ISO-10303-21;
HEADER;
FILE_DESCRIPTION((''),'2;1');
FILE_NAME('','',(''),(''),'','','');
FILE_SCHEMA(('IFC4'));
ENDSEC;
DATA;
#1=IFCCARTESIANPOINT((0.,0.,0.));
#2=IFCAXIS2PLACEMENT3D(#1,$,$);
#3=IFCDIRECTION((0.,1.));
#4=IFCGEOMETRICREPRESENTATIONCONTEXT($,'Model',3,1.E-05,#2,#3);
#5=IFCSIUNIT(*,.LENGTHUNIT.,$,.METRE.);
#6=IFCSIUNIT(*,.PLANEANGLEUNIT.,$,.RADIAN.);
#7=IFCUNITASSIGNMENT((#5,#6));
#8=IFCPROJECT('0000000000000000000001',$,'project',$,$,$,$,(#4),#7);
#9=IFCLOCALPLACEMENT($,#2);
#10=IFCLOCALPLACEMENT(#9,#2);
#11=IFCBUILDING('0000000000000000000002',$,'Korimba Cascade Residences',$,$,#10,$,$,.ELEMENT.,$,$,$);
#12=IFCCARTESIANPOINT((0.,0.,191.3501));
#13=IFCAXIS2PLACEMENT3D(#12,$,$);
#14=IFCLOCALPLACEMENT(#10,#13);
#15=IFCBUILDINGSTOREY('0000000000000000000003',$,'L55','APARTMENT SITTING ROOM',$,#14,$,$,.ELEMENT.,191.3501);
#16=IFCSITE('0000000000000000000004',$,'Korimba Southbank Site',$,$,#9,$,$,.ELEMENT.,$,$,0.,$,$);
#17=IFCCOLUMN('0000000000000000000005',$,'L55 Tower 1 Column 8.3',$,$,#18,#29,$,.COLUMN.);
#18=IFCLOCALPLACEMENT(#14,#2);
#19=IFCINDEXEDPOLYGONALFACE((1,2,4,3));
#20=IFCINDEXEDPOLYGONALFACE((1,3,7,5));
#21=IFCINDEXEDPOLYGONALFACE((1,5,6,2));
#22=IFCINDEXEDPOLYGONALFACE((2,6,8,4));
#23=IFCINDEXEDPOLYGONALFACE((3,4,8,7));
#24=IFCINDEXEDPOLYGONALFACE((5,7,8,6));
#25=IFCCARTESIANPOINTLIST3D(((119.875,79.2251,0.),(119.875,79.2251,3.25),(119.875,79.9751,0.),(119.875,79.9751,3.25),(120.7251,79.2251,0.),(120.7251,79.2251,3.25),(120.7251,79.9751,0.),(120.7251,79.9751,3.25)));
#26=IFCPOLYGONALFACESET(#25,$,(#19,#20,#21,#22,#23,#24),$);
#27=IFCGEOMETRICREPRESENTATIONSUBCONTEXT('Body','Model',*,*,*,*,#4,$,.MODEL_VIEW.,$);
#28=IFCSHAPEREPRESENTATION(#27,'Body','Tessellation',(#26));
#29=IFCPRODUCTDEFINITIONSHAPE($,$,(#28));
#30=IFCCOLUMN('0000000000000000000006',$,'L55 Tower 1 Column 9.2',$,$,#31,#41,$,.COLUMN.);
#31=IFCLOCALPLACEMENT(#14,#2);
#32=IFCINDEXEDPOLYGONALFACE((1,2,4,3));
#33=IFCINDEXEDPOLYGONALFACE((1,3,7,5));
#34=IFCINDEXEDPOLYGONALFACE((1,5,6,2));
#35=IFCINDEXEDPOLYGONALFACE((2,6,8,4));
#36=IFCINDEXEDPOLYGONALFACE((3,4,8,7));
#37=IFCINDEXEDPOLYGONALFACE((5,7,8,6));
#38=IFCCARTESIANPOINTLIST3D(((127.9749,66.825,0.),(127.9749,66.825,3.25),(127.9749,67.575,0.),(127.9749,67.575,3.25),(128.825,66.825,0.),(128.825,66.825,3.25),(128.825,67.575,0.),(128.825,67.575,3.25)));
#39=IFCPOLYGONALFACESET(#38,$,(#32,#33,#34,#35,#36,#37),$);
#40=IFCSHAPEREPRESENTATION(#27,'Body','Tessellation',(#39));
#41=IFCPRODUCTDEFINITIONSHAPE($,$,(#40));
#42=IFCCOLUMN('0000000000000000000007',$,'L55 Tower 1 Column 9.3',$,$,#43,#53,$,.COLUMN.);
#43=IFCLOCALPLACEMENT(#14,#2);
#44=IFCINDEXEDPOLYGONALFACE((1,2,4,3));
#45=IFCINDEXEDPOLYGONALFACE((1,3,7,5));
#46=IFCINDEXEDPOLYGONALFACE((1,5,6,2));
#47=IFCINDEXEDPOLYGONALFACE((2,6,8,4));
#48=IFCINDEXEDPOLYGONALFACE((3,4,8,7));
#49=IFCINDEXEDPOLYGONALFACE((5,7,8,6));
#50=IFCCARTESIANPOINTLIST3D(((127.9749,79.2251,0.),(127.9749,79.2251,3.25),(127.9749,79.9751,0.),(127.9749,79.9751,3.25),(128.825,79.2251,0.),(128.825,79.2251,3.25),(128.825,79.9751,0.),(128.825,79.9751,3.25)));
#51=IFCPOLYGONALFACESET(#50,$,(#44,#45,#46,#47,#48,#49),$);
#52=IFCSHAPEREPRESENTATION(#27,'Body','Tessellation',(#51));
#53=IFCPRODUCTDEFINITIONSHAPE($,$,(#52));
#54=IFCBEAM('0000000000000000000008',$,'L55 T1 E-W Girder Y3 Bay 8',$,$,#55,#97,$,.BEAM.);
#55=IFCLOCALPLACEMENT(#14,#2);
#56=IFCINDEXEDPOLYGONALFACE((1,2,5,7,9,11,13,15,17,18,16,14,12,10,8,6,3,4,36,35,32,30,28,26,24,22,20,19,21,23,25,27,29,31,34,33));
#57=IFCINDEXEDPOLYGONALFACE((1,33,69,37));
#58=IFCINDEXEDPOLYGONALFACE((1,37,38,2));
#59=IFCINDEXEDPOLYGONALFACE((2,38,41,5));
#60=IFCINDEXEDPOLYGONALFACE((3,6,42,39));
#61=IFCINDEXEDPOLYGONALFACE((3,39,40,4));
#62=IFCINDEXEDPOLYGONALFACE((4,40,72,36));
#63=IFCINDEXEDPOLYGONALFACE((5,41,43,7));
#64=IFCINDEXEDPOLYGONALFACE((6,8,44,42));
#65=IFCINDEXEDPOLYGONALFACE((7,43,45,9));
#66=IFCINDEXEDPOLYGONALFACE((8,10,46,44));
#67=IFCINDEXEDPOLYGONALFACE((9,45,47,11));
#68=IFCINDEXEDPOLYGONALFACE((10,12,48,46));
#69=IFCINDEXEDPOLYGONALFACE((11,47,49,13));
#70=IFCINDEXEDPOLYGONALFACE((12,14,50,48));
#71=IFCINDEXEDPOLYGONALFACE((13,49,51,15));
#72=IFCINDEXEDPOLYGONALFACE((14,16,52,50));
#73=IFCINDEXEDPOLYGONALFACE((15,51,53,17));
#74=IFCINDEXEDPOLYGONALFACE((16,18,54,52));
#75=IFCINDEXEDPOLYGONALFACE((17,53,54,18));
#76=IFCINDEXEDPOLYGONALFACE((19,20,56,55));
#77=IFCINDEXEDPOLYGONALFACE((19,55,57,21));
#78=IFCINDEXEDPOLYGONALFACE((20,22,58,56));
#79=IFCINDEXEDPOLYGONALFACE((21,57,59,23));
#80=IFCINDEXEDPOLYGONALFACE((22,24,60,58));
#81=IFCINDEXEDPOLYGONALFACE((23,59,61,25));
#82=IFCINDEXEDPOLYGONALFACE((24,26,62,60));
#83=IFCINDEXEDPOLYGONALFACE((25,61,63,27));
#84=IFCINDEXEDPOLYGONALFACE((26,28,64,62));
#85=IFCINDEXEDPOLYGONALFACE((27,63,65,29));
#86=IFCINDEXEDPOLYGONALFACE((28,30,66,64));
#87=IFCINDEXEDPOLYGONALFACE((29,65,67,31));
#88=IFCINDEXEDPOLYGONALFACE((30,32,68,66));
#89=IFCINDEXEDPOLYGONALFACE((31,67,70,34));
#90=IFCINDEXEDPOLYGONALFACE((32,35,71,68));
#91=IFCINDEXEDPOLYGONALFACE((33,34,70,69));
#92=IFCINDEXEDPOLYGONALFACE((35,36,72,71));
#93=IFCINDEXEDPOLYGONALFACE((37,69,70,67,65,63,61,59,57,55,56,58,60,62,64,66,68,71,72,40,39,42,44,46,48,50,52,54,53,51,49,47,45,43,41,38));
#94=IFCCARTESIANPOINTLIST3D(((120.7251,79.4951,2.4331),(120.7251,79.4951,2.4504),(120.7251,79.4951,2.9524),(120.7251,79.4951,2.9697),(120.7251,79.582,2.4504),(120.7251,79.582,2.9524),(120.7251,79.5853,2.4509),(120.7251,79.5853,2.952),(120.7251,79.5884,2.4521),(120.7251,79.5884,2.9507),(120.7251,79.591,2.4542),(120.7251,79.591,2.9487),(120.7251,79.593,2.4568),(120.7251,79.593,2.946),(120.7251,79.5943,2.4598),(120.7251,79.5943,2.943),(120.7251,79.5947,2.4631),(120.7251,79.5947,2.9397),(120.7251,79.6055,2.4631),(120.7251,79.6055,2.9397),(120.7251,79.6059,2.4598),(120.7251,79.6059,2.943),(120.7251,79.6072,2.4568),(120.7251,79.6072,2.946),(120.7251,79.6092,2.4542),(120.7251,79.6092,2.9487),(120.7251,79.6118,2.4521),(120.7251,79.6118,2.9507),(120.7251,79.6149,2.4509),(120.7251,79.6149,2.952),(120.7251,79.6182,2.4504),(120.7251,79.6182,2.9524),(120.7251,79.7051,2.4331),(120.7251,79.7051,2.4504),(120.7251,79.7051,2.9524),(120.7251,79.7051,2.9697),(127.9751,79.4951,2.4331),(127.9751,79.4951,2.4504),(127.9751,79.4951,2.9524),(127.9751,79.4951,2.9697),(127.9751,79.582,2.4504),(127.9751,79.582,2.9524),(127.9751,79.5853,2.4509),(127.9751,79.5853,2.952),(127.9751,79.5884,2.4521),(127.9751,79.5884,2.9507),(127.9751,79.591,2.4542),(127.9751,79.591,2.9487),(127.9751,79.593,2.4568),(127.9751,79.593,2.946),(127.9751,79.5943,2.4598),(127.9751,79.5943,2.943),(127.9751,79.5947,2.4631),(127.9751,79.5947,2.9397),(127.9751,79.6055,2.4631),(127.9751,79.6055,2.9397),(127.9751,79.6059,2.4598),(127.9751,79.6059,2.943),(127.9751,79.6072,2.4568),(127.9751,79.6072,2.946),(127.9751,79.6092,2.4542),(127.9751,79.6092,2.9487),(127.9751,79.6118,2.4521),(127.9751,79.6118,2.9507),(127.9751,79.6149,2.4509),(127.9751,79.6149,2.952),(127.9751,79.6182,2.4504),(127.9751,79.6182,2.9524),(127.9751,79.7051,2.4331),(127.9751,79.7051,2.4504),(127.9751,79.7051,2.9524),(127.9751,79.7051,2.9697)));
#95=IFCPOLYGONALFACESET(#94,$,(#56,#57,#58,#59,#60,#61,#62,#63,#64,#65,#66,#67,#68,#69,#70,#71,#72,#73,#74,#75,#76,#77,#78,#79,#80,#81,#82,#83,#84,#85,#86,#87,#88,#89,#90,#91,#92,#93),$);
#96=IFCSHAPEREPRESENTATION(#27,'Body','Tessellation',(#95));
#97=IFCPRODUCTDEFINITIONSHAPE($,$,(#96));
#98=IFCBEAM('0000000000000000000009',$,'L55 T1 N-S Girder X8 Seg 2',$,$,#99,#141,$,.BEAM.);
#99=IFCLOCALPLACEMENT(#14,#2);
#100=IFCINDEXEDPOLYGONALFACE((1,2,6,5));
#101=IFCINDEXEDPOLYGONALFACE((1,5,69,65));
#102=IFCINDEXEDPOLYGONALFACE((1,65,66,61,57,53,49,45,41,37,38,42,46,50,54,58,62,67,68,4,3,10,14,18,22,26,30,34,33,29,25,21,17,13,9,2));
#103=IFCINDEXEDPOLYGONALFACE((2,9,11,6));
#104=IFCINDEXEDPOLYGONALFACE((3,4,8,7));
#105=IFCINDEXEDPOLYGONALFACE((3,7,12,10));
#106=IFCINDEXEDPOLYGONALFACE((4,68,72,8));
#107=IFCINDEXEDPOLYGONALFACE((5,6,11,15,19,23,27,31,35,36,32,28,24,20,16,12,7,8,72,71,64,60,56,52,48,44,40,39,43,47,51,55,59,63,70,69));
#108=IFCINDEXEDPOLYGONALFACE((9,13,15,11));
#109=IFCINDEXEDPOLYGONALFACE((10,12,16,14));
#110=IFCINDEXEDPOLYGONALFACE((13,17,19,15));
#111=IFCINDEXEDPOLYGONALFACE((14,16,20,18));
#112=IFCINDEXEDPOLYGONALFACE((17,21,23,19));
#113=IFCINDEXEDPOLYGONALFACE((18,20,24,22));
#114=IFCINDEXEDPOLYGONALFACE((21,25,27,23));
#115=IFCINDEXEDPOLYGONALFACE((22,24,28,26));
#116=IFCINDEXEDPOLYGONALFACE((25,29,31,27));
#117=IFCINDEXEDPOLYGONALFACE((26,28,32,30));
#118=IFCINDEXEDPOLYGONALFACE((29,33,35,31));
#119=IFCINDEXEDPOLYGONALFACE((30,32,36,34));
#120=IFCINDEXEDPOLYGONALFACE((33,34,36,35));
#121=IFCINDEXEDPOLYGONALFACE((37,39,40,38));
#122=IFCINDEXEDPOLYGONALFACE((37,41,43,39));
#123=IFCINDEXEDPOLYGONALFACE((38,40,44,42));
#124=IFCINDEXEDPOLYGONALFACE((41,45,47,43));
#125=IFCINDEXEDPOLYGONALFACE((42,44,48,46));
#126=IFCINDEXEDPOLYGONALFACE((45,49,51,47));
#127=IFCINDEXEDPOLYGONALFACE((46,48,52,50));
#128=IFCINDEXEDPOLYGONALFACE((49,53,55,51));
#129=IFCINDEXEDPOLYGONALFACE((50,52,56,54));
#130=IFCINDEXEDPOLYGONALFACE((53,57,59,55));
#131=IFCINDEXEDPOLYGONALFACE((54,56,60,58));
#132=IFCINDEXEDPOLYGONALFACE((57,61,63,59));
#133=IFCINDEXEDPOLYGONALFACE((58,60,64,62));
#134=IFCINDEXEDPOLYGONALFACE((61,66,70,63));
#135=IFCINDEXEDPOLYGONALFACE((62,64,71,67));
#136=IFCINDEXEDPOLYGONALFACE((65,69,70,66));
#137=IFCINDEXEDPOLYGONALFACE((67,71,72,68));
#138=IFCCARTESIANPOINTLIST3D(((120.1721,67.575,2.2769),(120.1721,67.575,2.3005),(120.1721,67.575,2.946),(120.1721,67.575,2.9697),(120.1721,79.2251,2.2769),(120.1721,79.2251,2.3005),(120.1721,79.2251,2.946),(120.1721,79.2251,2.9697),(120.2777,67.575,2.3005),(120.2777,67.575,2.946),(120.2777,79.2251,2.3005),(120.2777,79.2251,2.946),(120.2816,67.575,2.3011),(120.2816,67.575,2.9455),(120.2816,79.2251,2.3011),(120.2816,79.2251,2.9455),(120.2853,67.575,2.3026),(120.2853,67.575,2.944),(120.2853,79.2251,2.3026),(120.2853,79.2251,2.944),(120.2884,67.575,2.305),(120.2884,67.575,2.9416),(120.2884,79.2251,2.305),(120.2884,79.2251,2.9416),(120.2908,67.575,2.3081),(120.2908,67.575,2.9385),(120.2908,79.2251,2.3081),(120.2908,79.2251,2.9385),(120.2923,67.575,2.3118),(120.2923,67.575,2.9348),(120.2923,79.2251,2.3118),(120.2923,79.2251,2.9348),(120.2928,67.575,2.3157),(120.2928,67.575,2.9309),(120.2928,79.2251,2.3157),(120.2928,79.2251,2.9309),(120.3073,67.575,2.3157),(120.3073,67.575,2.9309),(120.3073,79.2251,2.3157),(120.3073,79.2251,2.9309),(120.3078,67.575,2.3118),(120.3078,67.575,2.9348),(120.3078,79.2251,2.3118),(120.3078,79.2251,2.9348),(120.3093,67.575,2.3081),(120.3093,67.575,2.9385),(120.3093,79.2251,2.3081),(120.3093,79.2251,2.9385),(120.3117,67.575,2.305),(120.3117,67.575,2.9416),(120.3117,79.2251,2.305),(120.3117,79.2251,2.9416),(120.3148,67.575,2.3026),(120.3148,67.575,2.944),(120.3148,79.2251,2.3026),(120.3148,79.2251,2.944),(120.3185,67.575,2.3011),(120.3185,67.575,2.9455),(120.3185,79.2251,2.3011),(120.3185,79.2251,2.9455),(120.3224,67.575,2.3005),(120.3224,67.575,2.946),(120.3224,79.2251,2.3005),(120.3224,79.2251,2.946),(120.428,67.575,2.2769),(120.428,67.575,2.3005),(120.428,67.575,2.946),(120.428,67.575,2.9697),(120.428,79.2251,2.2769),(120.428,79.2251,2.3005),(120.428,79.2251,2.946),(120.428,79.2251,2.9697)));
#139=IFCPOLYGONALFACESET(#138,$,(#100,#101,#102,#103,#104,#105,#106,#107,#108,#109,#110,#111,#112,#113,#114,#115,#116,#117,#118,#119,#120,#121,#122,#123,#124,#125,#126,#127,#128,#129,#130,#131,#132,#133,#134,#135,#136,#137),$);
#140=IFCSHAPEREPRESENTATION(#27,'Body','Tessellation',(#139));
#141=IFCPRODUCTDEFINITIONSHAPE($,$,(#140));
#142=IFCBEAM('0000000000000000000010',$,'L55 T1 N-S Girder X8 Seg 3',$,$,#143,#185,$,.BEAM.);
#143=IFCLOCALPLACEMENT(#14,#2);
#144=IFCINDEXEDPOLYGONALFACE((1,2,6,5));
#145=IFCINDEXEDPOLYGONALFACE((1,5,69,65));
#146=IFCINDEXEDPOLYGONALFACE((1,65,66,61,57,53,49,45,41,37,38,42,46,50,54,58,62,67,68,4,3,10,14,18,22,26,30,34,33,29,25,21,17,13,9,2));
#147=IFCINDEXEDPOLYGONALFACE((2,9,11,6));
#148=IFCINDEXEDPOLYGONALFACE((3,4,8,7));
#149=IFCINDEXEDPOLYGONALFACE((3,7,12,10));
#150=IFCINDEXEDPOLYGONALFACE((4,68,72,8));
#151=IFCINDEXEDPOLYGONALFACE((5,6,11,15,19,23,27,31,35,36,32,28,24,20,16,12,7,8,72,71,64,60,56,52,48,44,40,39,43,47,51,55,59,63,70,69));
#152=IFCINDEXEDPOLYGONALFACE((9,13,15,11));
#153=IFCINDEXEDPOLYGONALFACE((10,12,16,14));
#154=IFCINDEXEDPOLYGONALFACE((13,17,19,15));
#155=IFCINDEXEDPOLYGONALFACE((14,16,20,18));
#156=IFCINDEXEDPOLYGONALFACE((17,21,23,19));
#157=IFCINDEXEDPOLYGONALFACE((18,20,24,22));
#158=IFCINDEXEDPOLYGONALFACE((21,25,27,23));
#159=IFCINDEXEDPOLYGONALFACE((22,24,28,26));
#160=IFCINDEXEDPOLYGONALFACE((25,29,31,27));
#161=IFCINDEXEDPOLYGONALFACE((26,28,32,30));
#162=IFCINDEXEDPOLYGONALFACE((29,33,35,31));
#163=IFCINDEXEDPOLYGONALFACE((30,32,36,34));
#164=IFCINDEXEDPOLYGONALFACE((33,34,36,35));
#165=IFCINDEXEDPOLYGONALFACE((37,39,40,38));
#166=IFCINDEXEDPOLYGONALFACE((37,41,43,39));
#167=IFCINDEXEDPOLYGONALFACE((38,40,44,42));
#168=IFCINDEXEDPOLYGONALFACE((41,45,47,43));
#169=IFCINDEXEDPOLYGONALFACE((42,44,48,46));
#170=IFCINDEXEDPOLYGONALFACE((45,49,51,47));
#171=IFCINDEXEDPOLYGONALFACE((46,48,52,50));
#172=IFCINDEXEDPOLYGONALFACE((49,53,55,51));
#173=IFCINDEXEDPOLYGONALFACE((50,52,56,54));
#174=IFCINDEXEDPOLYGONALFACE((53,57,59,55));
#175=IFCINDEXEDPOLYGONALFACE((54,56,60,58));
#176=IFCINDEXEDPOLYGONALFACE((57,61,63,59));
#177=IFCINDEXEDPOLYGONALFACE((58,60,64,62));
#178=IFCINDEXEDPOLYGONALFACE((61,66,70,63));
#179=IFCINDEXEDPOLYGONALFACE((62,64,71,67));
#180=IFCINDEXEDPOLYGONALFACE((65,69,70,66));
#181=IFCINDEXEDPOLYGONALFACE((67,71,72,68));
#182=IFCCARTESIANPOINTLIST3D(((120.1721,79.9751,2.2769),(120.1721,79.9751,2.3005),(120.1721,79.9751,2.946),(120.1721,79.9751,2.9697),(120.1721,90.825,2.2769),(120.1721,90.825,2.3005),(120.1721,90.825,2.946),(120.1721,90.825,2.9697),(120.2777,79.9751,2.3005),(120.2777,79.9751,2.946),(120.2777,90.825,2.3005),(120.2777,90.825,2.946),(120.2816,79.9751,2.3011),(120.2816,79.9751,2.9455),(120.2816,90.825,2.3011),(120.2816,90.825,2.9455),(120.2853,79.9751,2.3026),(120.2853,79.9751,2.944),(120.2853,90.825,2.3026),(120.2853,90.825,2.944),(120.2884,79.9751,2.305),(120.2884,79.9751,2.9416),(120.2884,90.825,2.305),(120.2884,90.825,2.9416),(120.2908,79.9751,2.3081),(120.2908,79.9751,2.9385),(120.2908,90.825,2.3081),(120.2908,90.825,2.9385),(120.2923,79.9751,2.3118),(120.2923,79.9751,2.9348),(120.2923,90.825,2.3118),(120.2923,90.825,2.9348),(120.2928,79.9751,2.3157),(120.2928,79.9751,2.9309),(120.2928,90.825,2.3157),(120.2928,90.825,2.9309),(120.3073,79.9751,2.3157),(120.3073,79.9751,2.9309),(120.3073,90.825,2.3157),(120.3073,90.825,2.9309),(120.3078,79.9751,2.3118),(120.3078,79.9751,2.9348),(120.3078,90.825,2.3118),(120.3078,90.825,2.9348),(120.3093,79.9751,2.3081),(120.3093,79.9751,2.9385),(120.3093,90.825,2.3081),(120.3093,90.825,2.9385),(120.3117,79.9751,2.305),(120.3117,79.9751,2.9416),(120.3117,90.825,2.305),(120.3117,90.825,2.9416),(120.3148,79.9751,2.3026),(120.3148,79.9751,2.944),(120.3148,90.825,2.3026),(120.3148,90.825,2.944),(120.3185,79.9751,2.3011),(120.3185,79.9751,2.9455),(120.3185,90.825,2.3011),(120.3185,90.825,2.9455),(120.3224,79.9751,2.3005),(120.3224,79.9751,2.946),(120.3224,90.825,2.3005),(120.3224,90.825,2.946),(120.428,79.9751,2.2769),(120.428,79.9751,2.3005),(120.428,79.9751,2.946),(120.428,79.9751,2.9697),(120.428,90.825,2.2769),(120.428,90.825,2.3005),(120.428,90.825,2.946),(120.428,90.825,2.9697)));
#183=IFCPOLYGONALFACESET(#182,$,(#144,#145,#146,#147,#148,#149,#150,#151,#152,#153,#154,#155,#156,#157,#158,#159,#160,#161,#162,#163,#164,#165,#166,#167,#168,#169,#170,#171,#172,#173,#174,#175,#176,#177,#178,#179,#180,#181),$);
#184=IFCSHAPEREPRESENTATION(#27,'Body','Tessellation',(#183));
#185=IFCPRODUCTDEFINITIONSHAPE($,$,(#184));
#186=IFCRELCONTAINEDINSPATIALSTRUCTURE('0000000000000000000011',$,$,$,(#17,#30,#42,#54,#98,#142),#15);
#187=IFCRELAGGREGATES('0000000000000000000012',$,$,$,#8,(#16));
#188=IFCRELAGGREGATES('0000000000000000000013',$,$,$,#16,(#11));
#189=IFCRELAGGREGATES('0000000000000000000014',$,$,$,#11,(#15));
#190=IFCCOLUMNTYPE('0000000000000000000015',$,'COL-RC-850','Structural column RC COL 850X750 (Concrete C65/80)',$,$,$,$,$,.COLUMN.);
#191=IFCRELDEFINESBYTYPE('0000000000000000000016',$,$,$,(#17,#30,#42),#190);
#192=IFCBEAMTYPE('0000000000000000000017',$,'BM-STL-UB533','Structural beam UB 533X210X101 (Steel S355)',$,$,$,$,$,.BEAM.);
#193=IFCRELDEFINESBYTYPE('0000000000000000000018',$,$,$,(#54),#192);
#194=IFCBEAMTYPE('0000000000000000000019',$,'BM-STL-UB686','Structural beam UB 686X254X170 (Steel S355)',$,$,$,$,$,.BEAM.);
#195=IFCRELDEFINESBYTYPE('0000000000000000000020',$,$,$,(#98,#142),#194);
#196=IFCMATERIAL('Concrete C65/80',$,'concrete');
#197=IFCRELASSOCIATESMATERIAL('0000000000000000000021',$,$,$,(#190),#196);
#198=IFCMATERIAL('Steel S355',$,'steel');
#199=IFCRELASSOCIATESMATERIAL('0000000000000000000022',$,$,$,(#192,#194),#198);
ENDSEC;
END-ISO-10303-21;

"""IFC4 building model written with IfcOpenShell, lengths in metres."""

from ifc_helpers import new_model, si_unit, direction, frame, origin, origin_2d, place, context, subcontext, project, spatial, rectangle, i_section, extrude, material, material_profile, profile_set, type_object, element, save


model = new_model("IFC4")

# Units and contexts
model_context = context("Model", 3, precision=1e-05, world=origin(), true_north=direction((0.0, 1.0)))
body_context = subcontext(model_context, "Body", "Model", "MODEL_VIEW")
ifc_project = project(units=[si_unit("LENGTHUNIT", "METRE"), si_unit("PLANEANGLEUNIT", "RADIAN")], contexts=[model_context])

# Site, building, storey
site_placement = place(None, origin())
site = spatial("IfcSite", under=ifc_project, at=site_placement, Name="Korimba Southbank Site", CompositionType="ELEMENT", RefElevation=0.0)
building_placement = place(site_placement, origin())
building = spatial("IfcBuilding", under=site, at=building_placement, Name="Korimba Cascade Residences", CompositionType="ELEMENT")
storey_placement = place(building_placement, frame((0.0, 0.0, 191.3501)))
storey = spatial("IfcBuildingStorey", under=building, at=storey_placement, Name="L55", Description="APARTMENT SITTING ROOM", CompositionType="ELEMENT", Elevation=191.3501)

# Columns
ifc_material_1 = material(Name="Concrete C65/80", Category="concrete")
ifc_material_profile_1 = material_profile(ifc_material_1, rectangle(XDim=0.8501, YDim=0.75, at=origin_2d()), Name="Concrete C65/80")
ifc_profile_set_1 = profile_set([ifc_material_profile_1], Name="Concrete C65/80")
column_type = type_object("IfcColumnType", Name="COL-RC-850", Description="Structural column RC COL 850X750 (Concrete C65/80)", PredefinedType="COLUMN", material=ifc_profile_set_1)
for number, where, z_axis, x_axis, name in (
    (1, (120.3, 79.6001, 0.0), (0.0, 0.0, 1.0), (1.0, 0.0, 0.0), "L55 Tower 1 Column 8.3"),
    (2, (128.3999, 67.2, 0.0), (0.0, 0.0, 1.0), (1.0, 0.0, 0.0), "L55 Tower 1 Column 9.2"),
    (3, (128.3999, 79.6001, 0.0), (0.0, 0.0, 1.0), (1.0, 0.0, 0.0), "L55 Tower 1 Column 9.3"),
):
    element("IfcColumn", number, at=place(storey_placement, frame(where, z_axis=z_axis, x_axis=x_axis)), inside=storey, type_object=column_type, Name=name, PredefinedType="COLUMN", context=body_context, shape_type="SweptSolid", body=[
        extrude(rectangle(XDim=0.8501, YDim=0.75, at=origin_2d()), origin(), (0.0, 0.0, 1.0), 3.25),
    ])

# Beams
ifc_material_2 = material(Name="Steel S355", Category="steel")
ifc_material_profile_2 = material_profile(ifc_material_2, i_section(OverallWidth=0.21, OverallDepth=0.5366, WebThickness=0.0107, FlangeThickness=0.0173, FilletRadius=0.0127, at=origin_2d()), Name="Steel S355")
ifc_profile_set_2 = profile_set([ifc_material_profile_2], Name="Steel S355")
beam_type_1 = type_object("IfcBeamType", Name="BM-STL-UB533", Description="Structural beam UB 533X210X101 (Steel S355)", PredefinedType="BEAM", material=ifc_profile_set_2)
beam_1_placement = place(storey_placement, frame((120.7251, 79.6001, 2.7014), z_axis=(1.0, 0.0, 0.0), x_axis=(0.0, 1.0, 0.0)))
element("IfcBeam", 4, at=beam_1_placement, inside=storey, type_object=beam_type_1, Name="L55 T1 E-W Girder Y3 Bay 8", PredefinedType="BEAM", context=body_context, shape_type="SweptSolid", body=[
    extrude(i_section(OverallWidth=0.21, OverallDepth=0.5366, WebThickness=0.0107, FlangeThickness=0.0173, FilletRadius=0.0127, at=origin_2d()), origin(), (0.0, 0.0, 1.0), 7.25),
])
ifc_material_profile_3 = material_profile(ifc_material_2, i_section(OverallWidth=0.2559, OverallDepth=0.6929, WebThickness=0.0144, FlangeThickness=0.0237, FilletRadius=0.0151, at=origin_2d()), Name="Steel S355")
ifc_profile_set_3 = profile_set([ifc_material_profile_3], Name="Steel S355")
beam_type_2 = type_object("IfcBeamType", Name="BM-STL-UB686", Description="Structural beam UB 686X254X170 (Steel S355)", PredefinedType="BEAM", material=ifc_profile_set_3)
beam_2_placement = place(storey_placement, frame((120.3, 67.575, 2.6233), z_axis=(0.0, 1.0, 0.0), x_axis=(-1.0, 0.0, 0.0)))
element("IfcBeam", 5, at=beam_2_placement, inside=storey, type_object=beam_type_2, Name="L55 T1 N-S Girder X8 Seg 2", PredefinedType="BEAM", context=body_context, shape_type="SweptSolid", body=[
    extrude(i_section(OverallWidth=0.2559, OverallDepth=0.6929, WebThickness=0.0144, FlangeThickness=0.0237, FilletRadius=0.0151, at=origin_2d()), origin(), (0.0, 0.0, 1.0), 11.6501),
])
beam_3_placement = place(storey_placement, frame((120.3, 79.9751, 2.6233), z_axis=(0.0, 1.0, 0.0), x_axis=(-1.0, 0.0, 0.0)))
element("IfcBeam", 6, at=beam_3_placement, inside=storey, type_object=beam_type_2, Name="L55 T1 N-S Girder X8 Seg 3", PredefinedType="BEAM", context=body_context, shape_type="SweptSolid", body=[
    extrude(i_section(OverallWidth=0.2559, OverallDepth=0.6929, WebThickness=0.0144, FlangeThickness=0.0237, FilletRadius=0.0151, at=origin_2d()), origin(), (0.0, 0.0, 1.0), 10.8499),
])

save(model, "model.ifc")
